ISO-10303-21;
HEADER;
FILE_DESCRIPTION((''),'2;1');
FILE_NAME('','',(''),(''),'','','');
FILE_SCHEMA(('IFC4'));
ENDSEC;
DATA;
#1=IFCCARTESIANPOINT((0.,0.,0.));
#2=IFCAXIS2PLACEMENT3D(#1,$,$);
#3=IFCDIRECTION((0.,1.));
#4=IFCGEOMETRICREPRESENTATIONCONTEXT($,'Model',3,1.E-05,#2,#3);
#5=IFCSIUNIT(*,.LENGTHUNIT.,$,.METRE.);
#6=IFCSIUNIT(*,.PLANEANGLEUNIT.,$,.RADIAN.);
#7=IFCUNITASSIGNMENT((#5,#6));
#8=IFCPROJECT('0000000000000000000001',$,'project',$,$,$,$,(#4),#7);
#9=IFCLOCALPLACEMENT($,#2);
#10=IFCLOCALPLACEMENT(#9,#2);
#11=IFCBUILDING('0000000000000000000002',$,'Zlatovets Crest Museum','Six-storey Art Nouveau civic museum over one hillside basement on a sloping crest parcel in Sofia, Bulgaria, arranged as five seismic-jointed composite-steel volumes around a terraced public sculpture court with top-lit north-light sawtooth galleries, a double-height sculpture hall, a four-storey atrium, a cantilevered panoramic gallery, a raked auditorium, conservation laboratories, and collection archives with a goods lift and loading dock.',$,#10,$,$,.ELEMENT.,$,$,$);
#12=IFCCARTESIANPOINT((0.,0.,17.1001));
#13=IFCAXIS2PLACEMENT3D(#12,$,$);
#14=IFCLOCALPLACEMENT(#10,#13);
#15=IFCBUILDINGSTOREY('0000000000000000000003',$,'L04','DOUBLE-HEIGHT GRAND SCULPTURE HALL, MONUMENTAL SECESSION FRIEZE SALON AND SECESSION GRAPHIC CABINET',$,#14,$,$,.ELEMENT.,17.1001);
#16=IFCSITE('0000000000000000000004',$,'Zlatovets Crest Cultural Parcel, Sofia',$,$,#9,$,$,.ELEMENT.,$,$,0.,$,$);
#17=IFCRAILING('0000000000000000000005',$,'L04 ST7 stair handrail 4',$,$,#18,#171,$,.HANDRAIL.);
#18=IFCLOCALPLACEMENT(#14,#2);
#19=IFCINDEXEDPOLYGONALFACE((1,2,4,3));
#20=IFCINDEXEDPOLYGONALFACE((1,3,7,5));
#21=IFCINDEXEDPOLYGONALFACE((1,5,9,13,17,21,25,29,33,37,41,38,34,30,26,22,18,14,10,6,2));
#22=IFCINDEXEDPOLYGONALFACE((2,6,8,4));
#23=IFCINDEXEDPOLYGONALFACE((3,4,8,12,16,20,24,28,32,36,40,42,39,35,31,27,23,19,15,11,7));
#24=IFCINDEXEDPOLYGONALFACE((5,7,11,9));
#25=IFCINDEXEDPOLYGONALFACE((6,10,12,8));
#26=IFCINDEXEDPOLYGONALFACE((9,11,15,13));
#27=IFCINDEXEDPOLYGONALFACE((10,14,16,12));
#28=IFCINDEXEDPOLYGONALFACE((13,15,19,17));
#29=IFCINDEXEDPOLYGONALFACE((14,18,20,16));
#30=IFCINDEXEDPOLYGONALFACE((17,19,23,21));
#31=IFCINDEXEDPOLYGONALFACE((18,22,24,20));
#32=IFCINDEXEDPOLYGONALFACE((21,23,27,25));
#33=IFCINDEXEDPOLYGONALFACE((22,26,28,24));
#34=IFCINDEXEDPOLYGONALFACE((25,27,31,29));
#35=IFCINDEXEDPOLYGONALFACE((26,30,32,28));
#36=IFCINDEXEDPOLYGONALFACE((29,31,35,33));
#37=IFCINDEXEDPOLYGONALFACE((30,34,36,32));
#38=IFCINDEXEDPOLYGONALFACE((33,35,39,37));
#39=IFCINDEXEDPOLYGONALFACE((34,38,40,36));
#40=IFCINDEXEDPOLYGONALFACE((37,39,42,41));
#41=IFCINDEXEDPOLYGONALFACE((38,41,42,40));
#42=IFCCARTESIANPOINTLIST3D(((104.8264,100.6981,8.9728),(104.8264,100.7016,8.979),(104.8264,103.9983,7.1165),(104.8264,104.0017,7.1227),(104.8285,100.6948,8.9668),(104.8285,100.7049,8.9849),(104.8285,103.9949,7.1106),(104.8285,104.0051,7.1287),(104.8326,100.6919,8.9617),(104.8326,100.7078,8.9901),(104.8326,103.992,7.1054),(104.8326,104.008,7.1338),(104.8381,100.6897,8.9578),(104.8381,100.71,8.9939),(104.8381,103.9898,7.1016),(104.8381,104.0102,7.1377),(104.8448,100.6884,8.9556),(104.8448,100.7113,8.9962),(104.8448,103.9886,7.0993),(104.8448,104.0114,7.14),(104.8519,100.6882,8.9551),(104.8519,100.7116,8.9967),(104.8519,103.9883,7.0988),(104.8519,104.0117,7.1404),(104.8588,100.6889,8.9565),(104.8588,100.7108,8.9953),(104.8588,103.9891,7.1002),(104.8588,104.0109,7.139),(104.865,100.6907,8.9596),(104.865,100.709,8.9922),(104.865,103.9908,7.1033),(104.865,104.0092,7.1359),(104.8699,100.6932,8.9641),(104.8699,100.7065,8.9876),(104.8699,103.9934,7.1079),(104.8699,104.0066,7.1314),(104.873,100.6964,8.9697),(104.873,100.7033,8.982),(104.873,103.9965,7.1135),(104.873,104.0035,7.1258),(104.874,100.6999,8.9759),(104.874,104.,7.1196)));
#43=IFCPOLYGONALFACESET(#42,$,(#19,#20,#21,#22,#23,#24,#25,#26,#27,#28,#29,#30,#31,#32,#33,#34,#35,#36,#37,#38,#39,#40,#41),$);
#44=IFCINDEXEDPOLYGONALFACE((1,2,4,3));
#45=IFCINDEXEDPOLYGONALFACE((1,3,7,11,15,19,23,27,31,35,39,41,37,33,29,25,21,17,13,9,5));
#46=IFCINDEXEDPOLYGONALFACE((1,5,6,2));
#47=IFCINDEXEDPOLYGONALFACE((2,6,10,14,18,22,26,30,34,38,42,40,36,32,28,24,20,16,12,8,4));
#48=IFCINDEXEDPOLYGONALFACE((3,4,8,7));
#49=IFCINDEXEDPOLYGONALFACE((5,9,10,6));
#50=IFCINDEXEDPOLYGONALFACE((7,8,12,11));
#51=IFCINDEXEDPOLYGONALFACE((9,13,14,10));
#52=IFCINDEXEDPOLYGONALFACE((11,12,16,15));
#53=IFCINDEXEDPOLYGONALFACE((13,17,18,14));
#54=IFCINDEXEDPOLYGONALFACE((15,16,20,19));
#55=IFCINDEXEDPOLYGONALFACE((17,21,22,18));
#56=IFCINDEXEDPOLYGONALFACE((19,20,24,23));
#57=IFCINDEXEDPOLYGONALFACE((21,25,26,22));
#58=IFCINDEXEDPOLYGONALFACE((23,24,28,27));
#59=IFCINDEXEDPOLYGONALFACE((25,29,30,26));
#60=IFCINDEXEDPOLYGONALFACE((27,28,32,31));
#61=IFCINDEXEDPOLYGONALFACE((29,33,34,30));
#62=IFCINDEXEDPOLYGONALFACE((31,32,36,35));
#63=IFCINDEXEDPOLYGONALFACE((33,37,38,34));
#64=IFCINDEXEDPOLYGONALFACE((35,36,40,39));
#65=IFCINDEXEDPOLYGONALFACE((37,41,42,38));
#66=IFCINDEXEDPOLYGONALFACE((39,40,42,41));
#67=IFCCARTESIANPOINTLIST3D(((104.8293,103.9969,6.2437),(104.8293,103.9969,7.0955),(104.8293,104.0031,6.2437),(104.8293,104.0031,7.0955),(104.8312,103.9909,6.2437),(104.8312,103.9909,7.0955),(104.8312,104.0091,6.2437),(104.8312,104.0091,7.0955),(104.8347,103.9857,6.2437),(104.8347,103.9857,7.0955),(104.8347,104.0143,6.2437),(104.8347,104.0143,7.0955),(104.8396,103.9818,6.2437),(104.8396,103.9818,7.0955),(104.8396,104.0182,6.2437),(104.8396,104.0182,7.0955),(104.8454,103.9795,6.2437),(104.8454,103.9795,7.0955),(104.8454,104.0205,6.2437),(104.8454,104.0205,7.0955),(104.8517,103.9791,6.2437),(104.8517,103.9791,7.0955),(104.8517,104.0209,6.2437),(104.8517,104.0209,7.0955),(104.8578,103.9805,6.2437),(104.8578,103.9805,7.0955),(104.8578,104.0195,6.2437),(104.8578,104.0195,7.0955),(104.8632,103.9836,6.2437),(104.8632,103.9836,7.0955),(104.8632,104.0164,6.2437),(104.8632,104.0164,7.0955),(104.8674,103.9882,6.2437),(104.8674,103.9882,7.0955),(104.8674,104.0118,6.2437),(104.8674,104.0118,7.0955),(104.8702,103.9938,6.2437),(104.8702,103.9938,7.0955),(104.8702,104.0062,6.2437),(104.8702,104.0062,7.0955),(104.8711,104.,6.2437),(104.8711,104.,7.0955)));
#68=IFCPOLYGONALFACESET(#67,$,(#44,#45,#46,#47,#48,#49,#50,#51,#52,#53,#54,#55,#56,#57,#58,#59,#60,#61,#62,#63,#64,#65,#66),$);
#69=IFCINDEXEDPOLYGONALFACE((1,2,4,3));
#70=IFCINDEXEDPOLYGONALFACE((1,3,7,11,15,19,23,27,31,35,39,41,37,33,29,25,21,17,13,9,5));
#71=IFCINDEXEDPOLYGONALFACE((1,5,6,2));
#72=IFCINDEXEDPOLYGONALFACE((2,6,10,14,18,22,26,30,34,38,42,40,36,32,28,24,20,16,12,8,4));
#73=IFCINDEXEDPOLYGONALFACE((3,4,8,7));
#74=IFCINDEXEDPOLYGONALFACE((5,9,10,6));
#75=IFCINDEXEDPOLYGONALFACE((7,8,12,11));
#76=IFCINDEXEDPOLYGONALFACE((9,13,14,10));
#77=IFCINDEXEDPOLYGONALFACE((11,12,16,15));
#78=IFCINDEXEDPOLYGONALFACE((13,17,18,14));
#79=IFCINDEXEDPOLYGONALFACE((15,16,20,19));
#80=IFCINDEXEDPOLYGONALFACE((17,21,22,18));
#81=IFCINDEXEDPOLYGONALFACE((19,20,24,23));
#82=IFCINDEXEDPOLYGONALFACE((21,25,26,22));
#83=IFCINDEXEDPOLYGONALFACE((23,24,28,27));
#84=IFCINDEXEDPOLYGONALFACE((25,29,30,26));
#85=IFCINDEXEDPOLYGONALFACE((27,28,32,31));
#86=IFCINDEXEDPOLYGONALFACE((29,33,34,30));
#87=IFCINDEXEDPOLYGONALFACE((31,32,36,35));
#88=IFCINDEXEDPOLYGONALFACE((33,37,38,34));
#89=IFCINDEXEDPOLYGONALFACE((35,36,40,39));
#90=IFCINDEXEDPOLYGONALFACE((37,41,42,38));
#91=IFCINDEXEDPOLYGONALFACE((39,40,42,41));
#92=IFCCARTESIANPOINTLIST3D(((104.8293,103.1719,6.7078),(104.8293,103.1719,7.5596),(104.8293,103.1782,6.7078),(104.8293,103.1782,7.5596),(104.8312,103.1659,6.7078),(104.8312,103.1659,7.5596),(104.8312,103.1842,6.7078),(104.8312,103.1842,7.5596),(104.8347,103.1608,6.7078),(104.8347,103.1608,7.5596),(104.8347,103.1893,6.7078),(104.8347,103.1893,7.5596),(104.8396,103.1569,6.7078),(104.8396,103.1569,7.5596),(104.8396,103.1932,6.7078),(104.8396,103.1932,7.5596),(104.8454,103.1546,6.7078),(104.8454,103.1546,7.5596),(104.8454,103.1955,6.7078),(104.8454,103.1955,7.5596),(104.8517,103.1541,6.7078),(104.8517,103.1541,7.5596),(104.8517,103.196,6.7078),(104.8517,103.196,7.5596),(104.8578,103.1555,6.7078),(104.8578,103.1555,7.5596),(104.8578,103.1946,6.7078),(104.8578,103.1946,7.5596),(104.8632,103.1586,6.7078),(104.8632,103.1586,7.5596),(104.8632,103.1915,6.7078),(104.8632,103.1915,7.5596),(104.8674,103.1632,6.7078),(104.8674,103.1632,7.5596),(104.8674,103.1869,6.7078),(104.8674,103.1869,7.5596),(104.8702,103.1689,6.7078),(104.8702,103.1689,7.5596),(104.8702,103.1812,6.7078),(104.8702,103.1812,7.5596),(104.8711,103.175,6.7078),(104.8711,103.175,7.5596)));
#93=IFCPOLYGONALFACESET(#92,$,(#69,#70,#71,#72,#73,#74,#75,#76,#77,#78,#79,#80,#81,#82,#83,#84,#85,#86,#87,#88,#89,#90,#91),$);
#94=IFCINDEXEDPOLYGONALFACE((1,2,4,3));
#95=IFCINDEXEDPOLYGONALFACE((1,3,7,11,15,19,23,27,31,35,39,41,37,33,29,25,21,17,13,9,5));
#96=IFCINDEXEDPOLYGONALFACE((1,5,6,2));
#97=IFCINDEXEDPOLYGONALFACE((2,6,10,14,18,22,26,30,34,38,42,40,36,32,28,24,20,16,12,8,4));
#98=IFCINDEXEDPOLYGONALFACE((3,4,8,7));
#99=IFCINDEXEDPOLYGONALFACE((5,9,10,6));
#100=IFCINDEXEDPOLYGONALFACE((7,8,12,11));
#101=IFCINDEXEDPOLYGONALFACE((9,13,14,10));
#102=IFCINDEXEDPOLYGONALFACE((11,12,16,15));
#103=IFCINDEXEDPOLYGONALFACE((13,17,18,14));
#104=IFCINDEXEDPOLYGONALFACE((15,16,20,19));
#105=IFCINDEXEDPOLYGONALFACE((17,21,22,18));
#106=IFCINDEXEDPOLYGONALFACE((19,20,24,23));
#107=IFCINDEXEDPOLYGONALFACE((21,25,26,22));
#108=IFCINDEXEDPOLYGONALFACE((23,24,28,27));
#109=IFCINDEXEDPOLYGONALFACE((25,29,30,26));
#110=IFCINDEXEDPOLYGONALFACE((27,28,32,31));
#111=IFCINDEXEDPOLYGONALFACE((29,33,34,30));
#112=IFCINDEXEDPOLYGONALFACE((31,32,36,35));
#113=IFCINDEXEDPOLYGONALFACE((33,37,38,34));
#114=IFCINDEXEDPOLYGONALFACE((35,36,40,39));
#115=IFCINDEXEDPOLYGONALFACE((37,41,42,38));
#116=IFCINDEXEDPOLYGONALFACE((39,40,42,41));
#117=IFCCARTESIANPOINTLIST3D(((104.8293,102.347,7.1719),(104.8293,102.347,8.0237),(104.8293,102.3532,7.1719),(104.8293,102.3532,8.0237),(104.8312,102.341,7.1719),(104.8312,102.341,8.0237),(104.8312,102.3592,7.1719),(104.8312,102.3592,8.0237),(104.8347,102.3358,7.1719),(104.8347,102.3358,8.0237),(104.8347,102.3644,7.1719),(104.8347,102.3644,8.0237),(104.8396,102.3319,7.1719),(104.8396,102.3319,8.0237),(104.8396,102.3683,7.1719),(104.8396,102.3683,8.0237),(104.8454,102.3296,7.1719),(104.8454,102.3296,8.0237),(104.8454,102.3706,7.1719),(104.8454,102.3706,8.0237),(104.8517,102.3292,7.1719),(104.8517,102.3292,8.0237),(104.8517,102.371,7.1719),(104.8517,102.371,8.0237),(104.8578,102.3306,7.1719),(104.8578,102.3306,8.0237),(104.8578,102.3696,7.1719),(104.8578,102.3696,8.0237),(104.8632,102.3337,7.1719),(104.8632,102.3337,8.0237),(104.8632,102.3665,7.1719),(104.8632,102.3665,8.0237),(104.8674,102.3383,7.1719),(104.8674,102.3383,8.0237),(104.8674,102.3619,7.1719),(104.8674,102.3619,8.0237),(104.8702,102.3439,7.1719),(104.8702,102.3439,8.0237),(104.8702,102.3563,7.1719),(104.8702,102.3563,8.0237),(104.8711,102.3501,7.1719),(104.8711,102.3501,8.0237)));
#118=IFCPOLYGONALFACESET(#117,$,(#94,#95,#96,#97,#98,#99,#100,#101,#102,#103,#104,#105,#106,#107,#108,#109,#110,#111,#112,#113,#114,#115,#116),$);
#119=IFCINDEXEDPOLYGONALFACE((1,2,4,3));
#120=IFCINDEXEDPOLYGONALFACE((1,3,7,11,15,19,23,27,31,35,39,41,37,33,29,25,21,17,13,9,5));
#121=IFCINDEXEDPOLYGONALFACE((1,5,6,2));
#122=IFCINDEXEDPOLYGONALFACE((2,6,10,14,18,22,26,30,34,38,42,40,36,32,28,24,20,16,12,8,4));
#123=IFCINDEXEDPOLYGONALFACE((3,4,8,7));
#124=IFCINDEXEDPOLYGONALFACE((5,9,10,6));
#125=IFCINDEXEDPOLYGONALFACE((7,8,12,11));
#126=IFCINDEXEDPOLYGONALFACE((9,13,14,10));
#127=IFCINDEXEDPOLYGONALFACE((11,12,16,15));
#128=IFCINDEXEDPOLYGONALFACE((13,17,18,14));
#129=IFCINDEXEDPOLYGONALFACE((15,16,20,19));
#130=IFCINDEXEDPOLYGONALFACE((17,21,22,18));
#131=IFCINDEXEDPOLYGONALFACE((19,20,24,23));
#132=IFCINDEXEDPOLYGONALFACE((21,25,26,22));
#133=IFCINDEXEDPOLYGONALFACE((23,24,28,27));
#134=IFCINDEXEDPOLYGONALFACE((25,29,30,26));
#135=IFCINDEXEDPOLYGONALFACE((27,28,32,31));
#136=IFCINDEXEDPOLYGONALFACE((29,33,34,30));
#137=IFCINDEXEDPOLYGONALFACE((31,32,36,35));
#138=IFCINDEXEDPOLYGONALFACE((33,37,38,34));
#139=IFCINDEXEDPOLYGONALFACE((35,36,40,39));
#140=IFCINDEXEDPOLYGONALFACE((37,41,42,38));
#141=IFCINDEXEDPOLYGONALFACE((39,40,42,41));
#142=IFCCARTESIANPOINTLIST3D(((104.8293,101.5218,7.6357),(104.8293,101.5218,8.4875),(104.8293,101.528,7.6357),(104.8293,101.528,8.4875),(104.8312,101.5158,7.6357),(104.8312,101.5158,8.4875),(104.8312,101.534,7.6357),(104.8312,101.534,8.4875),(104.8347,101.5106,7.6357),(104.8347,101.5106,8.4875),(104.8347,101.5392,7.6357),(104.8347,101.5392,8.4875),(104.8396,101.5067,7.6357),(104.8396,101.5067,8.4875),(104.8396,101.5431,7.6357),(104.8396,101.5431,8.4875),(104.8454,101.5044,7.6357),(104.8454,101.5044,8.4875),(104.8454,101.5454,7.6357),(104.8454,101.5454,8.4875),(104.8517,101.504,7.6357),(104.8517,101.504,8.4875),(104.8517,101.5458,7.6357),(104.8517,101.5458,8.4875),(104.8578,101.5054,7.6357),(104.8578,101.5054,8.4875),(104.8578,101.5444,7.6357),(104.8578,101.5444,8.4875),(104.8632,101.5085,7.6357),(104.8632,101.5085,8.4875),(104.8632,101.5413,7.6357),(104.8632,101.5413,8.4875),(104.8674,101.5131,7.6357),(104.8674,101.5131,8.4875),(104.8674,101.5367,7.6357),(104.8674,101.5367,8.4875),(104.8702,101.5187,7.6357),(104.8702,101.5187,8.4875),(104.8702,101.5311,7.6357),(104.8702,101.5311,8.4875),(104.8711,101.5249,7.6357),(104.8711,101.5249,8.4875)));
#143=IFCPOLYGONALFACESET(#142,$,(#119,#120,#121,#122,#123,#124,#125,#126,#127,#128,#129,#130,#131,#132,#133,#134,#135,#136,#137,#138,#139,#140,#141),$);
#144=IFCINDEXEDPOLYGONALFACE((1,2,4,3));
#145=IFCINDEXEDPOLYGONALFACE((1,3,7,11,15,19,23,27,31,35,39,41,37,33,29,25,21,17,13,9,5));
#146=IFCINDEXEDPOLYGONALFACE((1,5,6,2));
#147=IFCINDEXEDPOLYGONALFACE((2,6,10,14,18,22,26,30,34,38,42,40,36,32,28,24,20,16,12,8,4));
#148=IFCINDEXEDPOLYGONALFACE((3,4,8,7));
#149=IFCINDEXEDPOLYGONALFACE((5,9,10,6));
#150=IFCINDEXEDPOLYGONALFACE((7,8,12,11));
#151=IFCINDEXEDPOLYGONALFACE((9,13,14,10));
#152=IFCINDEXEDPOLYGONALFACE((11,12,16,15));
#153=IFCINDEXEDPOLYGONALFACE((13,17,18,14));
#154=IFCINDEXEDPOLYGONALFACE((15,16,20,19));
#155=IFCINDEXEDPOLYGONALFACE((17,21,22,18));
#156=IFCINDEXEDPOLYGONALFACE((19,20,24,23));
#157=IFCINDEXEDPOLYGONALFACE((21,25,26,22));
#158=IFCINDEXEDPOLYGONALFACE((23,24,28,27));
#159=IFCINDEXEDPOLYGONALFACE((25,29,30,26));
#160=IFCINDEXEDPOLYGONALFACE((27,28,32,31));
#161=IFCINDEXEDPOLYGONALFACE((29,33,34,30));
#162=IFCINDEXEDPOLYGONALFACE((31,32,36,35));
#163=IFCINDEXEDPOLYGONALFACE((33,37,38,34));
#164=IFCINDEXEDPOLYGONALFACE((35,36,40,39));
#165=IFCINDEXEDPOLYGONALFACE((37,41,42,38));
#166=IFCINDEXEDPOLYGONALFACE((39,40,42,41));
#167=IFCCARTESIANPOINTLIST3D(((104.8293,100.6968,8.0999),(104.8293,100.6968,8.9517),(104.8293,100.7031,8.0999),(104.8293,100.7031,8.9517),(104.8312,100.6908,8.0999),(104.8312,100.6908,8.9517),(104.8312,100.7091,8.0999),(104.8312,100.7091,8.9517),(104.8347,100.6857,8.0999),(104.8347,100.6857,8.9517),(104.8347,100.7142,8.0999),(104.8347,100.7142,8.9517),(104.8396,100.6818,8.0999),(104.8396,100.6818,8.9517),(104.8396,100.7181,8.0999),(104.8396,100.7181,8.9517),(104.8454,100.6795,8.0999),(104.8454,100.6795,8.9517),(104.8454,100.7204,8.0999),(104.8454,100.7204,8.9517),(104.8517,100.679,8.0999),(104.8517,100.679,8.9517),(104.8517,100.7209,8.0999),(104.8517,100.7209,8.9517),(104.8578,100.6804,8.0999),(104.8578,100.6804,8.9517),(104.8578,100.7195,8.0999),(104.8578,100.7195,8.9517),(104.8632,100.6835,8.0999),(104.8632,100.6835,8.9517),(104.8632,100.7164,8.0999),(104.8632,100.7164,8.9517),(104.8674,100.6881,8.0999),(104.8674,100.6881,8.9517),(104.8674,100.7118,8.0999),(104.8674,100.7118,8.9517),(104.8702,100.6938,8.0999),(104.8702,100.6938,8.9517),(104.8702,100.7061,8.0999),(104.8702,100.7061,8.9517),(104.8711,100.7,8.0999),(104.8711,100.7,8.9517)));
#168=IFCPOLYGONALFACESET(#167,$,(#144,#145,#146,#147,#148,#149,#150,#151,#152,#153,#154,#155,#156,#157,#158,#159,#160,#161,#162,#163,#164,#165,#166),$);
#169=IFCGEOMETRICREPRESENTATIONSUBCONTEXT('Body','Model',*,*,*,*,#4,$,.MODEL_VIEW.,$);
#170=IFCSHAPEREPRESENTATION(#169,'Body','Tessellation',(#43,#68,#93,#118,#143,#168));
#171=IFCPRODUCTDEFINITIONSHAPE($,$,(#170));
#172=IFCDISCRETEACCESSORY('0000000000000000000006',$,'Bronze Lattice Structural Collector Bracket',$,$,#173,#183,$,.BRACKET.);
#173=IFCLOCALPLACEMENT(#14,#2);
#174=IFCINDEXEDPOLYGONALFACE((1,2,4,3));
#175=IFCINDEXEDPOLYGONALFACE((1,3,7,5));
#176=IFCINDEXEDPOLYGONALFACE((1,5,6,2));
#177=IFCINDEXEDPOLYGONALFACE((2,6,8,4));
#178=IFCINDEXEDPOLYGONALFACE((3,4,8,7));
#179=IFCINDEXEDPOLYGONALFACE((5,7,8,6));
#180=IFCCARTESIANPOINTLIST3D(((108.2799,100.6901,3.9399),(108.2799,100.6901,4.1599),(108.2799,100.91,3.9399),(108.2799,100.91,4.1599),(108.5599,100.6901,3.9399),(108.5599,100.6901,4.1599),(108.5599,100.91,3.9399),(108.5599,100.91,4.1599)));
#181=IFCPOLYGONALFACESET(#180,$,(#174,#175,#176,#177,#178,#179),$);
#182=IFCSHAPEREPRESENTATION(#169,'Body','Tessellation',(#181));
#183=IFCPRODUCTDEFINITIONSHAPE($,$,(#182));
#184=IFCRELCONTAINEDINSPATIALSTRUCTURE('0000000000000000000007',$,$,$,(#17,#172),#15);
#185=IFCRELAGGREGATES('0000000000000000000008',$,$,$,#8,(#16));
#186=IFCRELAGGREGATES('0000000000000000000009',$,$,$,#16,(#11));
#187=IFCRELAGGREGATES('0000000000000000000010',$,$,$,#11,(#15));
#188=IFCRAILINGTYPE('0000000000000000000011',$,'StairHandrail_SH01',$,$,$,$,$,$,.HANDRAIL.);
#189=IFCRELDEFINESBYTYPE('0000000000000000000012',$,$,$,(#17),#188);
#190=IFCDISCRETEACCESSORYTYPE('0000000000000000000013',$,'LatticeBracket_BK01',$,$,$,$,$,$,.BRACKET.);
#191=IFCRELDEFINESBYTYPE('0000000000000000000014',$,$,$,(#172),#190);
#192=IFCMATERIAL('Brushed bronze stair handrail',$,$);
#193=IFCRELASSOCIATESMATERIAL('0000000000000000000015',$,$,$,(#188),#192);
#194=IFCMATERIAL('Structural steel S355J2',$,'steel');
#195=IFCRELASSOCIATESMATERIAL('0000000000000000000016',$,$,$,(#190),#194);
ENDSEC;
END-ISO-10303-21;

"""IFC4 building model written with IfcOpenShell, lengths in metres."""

from ifc_helpers import new_model, si_unit, direction, frame, origin, origin_2d, place, context, subcontext, project, spatial, rectangle, circle, extrude, material, type_object, element, save


model = new_model("IFC4")

# Units and contexts
model_context = context("Model", 3, precision=1e-05, world=origin(), true_north=direction((0.0, 1.0)))
body_context = subcontext(model_context, "Body", "Model", "MODEL_VIEW")
ifc_project = project(units=[si_unit("LENGTHUNIT", "METRE"), si_unit("PLANEANGLEUNIT", "RADIAN")], contexts=[model_context])

# Site, building, storey
site_placement = place(None, origin())
site = spatial("IfcSite", under=ifc_project, at=site_placement, Name="Zlatovets Crest Cultural Parcel, Sofia", CompositionType="ELEMENT", RefElevation=0.0)
building_placement = place(site_placement, origin())
building = spatial("IfcBuilding", under=site, at=building_placement, Name="Zlatovets Crest Museum", Description="Six-storey Art Nouveau civic museum over one hillside basement on a sloping crest parcel in Sofia, Bulgaria, arranged as five seismic-jointed composite-steel volumes around a terraced public sculpture court with top-lit north-light sawtooth galleries, a double-height sculpture hall, a four-storey atrium, a cantilevered panoramic gallery, a raked auditorium, conservation laboratories, and collection archives with a goods lift and loading dock.", CompositionType="ELEMENT")
storey_placement = place(building_placement, frame((0.0, 0.0, 17.1001)))
storey = spatial("IfcBuildingStorey", under=building, at=storey_placement, Name="L04", Description="DOUBLE-HEIGHT GRAND SCULPTURE HALL, MONUMENTAL SECESSION FRIEZE SALON AND SECESSION GRAPHIC CABINET", CompositionType="ELEMENT", Elevation=17.1001)

# Shared definitions
ifc_material_1 = material(Name="Structural steel S355J2", Category="steel")

# Railing
ifc_material_2 = material(Name="Brushed bronze stair handrail")
railing_type_1 = type_object("IfcRailingType", Name="StairHandrail_SH01", PredefinedType="HANDRAIL", material=ifc_material_2)
railing_1_placement = place(storey_placement, frame((104.8501, 104.0, 6.2437)))
element("IfcRailing", 1, at=railing_1_placement, inside=storey, type_object=railing_type_1, Name="L04 ST7 stair handrail 4", PredefinedType="HANDRAIL", context=body_context, shape_type="SweptSolid", body=[
    extrude(circle(Radius=0.0239, at=origin_2d()), frame((0.0, 0.0, 0.876), z_axis=(0.0, -0.871584, 0.490246), x_axis=(1.0, 0.0, 0.0)), (0.0, 0.0, 1.0), 3.7864),
    extrude(circle(Radius=0.021, at=origin_2d()), origin(), (0.0, 0.0, 1.0), 0.8518),
    extrude(circle(Radius=0.021, at=origin_2d()), frame((0.0, -0.825, 0.4641)), (0.0, 0.0, 1.0), 0.8518),
    extrude(circle(Radius=0.021, at=origin_2d()), frame((0.0, -1.6499, 0.9282)), (0.0, 0.0, 1.0), 0.8518),
    extrude(circle(Radius=0.021, at=origin_2d()), frame((0.0, -2.4751, 1.3921)), (0.0, 0.0, 1.0), 0.8518),
    extrude(circle(Radius=0.021, at=origin_2d()), frame((0.0, -3.3, 1.8562)), (0.0, 0.0, 1.0), 0.8518),
])

# Discrete accessory
discrete_accessory_type = type_object("IfcDiscreteAccessoryType", Name="LatticeBracket_BK01", PredefinedType="BRACKET", material=ifc_material_1)
discrete_accessory_placement = place(storey_placement, frame((108.4199, 100.8, 3.9399), z_axis=(0.0, 0.0, 1.0), x_axis=(1.0, 0.0, 0.0)))
element("IfcDiscreteAccessory", 2, at=discrete_accessory_placement, inside=storey, type_object=discrete_accessory_type, Name="Bronze Lattice Structural Collector Bracket", PredefinedType="BRACKET", context=body_context, shape_type="SweptSolid", body=[
    extrude(rectangle(XDim=0.28, YDim=0.22, at=origin_2d()), origin(), (0.0, 0.0, 1.0), 0.22),
])

save(model, "model.ifc")
